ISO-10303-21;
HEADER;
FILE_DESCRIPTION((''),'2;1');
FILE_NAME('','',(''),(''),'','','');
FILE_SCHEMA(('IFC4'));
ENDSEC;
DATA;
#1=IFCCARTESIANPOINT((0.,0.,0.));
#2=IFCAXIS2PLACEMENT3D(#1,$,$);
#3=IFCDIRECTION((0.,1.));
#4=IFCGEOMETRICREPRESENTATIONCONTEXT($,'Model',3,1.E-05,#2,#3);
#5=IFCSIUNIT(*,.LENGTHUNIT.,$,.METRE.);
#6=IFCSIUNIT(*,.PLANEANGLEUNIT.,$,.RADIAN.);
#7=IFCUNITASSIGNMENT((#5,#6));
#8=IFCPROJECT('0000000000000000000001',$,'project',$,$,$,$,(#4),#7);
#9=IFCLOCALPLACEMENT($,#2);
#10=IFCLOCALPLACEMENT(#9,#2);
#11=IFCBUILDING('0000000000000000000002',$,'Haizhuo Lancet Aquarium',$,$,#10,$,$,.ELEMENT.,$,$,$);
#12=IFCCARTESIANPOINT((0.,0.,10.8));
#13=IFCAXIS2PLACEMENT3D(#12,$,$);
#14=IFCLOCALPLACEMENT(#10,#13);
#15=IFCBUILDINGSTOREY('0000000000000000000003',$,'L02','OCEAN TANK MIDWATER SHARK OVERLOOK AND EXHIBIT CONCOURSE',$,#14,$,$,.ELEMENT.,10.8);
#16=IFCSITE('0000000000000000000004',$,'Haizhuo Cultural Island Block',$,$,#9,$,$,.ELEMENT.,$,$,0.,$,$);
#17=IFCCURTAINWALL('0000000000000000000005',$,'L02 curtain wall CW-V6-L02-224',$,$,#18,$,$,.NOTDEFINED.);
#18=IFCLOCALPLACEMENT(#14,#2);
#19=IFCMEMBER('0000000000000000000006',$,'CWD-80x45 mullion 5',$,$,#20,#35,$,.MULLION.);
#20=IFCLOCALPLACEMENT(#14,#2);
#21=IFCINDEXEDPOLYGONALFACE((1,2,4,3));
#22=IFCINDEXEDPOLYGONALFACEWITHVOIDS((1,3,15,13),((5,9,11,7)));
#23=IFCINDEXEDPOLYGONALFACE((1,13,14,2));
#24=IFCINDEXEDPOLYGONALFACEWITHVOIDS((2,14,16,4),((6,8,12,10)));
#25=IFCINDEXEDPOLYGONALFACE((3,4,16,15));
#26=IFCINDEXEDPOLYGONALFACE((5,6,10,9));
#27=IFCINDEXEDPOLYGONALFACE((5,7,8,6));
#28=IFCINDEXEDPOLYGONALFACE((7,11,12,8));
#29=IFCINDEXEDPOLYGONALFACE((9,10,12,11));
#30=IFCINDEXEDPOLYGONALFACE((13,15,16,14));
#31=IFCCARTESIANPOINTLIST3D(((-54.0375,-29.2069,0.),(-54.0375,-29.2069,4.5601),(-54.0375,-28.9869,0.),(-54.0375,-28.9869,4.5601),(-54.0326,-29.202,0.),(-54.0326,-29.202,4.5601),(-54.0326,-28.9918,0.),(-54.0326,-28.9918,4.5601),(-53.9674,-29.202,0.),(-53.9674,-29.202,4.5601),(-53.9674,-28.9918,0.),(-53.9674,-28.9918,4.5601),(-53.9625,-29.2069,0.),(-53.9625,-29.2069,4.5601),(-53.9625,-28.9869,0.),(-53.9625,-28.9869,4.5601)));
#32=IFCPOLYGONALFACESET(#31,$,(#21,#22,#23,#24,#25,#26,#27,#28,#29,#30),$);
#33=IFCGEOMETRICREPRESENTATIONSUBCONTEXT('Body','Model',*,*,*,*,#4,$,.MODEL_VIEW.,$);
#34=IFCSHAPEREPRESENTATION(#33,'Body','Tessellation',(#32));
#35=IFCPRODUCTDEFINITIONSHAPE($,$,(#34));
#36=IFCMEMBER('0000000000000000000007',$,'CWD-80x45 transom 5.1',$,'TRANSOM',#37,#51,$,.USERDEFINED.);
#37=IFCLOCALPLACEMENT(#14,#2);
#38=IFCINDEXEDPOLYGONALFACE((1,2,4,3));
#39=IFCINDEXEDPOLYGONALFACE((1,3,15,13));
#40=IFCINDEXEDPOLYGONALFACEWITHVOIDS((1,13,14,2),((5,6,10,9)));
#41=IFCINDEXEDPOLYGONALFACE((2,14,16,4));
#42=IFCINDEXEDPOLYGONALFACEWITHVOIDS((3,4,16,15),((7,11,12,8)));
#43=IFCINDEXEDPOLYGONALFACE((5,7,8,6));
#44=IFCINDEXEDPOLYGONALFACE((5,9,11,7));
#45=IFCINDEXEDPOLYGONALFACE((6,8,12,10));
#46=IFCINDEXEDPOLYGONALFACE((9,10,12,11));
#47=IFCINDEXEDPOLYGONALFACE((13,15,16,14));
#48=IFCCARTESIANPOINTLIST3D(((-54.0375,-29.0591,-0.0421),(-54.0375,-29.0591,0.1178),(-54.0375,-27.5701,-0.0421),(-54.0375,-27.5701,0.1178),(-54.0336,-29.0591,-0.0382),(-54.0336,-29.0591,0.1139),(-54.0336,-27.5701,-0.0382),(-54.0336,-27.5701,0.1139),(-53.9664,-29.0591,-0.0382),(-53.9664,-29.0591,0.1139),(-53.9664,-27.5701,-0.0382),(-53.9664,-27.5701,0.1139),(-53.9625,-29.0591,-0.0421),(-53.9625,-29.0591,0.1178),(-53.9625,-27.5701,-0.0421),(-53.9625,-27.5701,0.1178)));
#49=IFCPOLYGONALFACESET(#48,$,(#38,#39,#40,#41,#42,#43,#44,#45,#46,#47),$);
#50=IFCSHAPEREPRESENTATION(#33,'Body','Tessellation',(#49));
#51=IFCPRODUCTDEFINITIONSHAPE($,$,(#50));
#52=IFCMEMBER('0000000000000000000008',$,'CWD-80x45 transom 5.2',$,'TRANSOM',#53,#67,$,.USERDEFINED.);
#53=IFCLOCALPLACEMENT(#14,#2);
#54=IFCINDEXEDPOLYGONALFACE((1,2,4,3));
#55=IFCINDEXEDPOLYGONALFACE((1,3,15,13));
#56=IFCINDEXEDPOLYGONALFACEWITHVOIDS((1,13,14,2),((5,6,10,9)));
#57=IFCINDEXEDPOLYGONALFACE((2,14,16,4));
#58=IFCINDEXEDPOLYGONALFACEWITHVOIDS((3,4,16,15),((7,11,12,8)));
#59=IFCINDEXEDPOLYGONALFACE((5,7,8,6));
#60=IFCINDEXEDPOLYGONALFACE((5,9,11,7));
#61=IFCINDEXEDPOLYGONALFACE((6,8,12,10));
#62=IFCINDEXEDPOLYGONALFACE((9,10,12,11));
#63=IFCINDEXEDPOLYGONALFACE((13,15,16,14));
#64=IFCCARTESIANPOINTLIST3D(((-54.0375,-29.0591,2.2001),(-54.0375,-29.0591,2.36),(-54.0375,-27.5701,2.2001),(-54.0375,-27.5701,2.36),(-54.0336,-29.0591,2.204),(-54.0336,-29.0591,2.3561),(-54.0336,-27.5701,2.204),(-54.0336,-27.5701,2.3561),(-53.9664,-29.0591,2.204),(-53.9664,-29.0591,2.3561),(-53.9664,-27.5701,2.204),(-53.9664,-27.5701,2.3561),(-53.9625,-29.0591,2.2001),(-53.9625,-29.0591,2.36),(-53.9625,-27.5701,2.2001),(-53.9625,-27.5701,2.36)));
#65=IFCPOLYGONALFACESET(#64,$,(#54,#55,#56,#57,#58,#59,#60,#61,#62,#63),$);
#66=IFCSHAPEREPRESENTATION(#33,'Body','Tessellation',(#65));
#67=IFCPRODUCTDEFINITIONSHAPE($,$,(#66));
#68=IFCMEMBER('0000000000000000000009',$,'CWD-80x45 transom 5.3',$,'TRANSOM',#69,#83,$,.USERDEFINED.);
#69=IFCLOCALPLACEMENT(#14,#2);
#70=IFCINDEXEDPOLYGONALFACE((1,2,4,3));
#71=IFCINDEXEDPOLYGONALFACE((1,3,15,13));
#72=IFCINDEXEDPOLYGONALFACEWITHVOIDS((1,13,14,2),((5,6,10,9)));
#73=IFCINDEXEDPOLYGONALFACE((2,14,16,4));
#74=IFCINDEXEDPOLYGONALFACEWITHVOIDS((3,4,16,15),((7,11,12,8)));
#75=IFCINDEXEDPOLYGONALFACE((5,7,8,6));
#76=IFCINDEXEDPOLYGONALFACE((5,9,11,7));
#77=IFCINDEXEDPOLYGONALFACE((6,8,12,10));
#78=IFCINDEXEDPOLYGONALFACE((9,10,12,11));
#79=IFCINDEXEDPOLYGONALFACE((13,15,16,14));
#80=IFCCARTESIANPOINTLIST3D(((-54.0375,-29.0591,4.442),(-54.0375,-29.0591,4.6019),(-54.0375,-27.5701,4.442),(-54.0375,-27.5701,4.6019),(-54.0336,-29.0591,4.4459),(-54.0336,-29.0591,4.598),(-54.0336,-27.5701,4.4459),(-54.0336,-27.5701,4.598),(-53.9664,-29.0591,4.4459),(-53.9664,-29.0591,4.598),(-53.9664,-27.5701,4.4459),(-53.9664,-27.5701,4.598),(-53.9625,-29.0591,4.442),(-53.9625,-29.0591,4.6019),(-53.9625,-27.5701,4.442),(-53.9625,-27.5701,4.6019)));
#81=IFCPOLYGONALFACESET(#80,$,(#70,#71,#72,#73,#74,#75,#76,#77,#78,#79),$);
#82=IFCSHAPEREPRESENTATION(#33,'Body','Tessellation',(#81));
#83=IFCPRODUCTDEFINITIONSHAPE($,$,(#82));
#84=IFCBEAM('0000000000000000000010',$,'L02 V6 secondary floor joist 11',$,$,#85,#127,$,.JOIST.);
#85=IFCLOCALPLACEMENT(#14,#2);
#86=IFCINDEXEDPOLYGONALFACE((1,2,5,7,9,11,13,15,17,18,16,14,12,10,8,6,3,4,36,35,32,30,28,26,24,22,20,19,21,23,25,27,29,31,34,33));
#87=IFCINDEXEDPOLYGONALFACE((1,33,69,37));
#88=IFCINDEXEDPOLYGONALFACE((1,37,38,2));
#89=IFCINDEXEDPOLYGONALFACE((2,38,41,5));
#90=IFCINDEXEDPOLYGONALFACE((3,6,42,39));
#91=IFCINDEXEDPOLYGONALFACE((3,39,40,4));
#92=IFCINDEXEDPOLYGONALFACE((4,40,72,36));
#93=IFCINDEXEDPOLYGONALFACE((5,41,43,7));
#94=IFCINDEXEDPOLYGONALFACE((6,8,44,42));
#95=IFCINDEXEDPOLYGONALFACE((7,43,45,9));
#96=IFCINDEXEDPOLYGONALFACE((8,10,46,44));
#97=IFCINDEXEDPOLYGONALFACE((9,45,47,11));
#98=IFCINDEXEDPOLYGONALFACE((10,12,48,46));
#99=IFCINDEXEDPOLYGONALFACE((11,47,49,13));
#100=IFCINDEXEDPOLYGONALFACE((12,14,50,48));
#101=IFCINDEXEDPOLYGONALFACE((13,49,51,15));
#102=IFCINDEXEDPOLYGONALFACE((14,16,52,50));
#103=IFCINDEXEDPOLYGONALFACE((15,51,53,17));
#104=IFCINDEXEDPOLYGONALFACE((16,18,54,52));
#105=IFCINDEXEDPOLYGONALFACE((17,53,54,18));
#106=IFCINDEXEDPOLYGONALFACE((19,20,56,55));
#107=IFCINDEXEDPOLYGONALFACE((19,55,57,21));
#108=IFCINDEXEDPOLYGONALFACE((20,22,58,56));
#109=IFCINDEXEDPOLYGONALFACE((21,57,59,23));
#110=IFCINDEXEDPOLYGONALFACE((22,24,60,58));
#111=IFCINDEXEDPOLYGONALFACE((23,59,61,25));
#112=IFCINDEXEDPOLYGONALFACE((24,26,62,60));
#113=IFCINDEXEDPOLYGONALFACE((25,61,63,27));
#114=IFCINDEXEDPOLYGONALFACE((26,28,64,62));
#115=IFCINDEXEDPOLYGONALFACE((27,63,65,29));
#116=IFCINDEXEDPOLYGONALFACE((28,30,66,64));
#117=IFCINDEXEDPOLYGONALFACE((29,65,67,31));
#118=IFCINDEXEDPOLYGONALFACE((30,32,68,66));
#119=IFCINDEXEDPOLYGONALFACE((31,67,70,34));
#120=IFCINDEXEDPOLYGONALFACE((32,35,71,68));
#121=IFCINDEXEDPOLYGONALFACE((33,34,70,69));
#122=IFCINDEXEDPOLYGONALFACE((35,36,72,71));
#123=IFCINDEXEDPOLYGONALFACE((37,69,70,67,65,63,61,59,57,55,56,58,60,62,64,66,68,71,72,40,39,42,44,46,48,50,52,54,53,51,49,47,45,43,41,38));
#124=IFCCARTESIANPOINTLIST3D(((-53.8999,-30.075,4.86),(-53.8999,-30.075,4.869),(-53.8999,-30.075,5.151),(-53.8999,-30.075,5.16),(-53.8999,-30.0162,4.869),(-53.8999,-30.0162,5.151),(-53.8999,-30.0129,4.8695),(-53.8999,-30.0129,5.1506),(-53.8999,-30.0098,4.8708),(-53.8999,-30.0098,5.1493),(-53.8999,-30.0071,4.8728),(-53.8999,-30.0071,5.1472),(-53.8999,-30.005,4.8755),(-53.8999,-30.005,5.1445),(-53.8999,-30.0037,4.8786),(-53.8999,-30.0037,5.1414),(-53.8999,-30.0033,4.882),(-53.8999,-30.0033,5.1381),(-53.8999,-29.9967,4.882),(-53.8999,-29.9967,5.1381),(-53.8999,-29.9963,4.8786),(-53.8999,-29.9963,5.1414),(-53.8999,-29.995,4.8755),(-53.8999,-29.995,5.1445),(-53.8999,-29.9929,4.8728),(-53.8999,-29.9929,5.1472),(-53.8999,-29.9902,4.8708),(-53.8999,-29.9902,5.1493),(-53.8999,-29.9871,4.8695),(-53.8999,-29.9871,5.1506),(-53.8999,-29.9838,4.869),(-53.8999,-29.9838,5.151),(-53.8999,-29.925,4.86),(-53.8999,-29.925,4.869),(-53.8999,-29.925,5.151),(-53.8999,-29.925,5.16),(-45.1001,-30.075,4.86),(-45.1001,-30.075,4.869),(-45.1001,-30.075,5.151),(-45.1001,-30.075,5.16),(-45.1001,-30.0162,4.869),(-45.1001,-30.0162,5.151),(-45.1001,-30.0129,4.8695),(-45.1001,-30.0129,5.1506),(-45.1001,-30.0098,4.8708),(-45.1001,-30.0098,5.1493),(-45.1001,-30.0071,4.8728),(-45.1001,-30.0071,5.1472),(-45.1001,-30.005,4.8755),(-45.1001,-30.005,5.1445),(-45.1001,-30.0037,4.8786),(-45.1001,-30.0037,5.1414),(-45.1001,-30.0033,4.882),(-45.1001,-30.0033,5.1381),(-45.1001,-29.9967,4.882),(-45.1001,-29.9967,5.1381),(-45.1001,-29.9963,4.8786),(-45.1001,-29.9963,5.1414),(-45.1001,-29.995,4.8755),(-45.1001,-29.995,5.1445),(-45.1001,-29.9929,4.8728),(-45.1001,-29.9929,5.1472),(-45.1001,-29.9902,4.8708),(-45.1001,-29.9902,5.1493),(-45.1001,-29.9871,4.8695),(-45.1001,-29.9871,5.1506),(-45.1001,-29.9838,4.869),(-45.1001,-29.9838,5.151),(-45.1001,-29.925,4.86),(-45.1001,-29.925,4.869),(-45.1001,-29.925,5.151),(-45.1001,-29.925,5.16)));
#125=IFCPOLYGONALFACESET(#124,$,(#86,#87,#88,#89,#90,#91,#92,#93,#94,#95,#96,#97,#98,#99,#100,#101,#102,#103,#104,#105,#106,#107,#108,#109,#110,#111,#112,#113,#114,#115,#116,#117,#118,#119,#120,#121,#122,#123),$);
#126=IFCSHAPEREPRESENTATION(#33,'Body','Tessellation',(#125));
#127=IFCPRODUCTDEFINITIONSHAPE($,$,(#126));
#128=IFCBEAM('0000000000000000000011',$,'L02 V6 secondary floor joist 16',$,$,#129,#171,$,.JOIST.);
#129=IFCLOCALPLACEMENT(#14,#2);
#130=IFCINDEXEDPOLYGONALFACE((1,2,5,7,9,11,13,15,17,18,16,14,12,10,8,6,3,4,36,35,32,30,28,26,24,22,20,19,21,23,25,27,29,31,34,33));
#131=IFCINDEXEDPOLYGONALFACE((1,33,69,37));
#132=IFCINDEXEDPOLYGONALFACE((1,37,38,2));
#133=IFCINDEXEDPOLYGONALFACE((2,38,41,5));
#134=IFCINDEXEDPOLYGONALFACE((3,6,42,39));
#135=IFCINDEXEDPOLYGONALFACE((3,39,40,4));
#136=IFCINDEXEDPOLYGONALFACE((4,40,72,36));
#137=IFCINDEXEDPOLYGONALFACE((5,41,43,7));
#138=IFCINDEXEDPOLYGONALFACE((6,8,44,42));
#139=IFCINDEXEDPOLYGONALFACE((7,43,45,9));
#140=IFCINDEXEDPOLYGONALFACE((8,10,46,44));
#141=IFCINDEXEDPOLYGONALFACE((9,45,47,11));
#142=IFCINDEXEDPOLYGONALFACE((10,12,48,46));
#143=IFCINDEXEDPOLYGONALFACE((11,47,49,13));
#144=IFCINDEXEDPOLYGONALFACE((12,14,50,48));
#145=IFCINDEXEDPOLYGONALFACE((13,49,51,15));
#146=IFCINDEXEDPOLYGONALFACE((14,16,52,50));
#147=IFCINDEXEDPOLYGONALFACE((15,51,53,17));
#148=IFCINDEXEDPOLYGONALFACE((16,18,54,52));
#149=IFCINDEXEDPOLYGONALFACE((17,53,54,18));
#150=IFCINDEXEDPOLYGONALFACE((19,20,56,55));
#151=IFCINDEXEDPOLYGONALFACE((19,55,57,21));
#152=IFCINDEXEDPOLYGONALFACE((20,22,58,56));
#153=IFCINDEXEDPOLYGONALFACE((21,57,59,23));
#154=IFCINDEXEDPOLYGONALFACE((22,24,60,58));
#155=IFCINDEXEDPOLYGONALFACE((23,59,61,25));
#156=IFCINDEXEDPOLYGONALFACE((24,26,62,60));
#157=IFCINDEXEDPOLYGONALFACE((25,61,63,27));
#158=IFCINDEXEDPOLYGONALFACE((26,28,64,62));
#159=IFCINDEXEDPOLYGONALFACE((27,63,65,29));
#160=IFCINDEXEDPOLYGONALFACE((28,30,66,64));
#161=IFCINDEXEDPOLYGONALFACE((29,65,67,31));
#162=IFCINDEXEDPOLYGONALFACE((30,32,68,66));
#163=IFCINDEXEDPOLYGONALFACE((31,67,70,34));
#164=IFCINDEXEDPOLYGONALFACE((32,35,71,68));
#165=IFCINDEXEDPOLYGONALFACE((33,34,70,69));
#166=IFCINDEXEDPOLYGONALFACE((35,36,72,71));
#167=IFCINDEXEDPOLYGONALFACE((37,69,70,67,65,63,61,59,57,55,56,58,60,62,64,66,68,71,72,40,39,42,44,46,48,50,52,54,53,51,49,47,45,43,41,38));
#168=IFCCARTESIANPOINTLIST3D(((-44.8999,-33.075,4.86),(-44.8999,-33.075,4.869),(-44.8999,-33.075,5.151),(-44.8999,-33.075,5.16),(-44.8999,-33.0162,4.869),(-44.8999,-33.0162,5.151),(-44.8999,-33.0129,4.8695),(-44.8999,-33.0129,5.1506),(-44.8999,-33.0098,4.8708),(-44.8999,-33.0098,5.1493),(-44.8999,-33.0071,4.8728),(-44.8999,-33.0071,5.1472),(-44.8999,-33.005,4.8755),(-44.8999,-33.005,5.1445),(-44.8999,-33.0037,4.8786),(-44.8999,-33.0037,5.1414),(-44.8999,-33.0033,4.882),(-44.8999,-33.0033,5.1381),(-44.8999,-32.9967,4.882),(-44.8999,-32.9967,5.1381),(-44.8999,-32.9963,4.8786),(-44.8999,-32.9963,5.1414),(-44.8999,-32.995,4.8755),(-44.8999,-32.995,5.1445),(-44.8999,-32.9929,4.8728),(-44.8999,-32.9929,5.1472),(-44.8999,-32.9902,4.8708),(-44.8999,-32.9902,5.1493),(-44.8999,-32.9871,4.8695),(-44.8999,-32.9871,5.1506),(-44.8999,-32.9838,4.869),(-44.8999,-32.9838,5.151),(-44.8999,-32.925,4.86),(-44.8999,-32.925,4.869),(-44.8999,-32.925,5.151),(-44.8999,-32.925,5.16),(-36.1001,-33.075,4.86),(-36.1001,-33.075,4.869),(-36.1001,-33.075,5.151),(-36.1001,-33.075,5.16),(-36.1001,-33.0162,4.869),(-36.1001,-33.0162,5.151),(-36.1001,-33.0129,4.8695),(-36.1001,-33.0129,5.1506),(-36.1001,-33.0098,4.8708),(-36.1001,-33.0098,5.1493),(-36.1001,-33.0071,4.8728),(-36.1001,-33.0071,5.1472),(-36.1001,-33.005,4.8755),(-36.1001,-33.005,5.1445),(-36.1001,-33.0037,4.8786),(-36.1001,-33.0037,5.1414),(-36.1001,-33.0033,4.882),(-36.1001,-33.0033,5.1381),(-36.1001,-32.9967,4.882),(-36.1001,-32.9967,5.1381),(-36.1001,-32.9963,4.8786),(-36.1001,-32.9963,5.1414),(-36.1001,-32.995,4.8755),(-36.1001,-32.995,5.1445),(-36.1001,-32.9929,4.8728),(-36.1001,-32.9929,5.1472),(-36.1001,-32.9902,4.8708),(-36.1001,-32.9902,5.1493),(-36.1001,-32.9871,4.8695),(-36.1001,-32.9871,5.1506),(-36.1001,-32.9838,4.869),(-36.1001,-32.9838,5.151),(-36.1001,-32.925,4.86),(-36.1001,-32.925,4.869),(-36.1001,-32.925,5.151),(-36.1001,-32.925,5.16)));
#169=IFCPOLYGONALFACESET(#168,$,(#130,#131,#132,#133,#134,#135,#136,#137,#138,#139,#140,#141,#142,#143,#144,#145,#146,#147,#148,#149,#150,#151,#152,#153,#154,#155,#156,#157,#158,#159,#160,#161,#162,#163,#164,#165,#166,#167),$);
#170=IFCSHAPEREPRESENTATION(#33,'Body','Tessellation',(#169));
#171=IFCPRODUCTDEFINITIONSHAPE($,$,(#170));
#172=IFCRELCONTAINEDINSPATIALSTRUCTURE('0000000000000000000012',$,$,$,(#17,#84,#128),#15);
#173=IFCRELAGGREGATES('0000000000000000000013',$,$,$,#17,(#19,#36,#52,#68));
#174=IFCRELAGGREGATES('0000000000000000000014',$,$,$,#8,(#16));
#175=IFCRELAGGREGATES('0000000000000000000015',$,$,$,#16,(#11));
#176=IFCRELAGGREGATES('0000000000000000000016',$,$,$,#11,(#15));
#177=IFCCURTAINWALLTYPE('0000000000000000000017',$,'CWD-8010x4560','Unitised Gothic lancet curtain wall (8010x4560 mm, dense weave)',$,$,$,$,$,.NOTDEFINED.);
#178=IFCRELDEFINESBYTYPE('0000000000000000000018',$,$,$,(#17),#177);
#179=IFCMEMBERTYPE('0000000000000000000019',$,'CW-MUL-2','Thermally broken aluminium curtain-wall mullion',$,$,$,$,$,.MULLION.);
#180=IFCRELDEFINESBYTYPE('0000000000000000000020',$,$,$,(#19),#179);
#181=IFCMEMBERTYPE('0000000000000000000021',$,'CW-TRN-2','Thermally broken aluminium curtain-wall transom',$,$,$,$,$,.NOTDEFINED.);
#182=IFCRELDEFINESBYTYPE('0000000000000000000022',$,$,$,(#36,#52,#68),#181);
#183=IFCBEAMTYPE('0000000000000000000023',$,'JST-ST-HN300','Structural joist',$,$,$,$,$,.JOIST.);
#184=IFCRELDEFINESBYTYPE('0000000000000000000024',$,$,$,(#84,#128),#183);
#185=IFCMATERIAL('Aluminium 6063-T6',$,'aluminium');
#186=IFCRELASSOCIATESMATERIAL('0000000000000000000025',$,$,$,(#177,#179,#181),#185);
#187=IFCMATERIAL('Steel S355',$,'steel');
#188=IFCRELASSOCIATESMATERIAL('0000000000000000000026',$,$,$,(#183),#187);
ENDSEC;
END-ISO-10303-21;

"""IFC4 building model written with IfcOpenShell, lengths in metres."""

from ifc_helpers import new_model, si_unit, direction, frame, origin, origin_2d, place, context, subcontext, project, spatial, hollow_rectangle, i_section, extrude, material, material_profile, profile_set, type_object, element, aggregate, save


model = new_model("IFC4")

# Units and contexts
model_context = context("Model", 3, precision=1e-05, world=origin(), true_north=direction((0.0, 1.0)))
body_context = subcontext(model_context, "Body", "Model", "MODEL_VIEW")
ifc_project = project(units=[si_unit("LENGTHUNIT", "METRE"), si_unit("PLANEANGLEUNIT", "RADIAN")], contexts=[model_context])

# Site, building, storey
site_placement = place(None, origin())
site = spatial("IfcSite", under=ifc_project, at=site_placement, Name="Haizhuo Cultural Island Block", CompositionType="ELEMENT", RefElevation=0.0)
building_placement = place(site_placement, origin())
building = spatial("IfcBuilding", under=site, at=building_placement, Name="Haizhuo Lancet Aquarium", CompositionType="ELEMENT")
storey_placement = place(building_placement, frame((0.0, 0.0, 10.8)))
storey = spatial("IfcBuildingStorey", under=building, at=storey_placement, Name="L02", Description="OCEAN TANK MIDWATER SHARK OVERLOOK AND EXHIBIT CONCOURSE", CompositionType="ELEMENT", Elevation=10.8)

# Curtain wall, members
ifc_material_1 = material(Name="Aluminium 6063-T6", Category="aluminium")
curtain_wall_type = type_object("IfcCurtainWallType", Name="CWD-8010x4560", Description="Unitised Gothic lancet curtain wall (8010x4560 mm, dense weave)", PredefinedType="NOTDEFINED", material=ifc_material_1)
curtain_wall_placement = place(storey_placement, origin())
curtain_wall = element("IfcCurtainWall", 1, at=curtain_wall_placement, inside=storey, type_object=curtain_wall_type, Name="L02 curtain wall CW-V6-L02-224", PredefinedType="NOTDEFINED")
ifc_material_profile_1 = material_profile(ifc_material_1, hollow_rectangle(XDim=0.075, YDim=0.22, WallThickness=0.0049, at=origin_2d()), Name="ALU-M 75x220x5")
ifc_profile_set_1 = profile_set([ifc_material_profile_1], Name="Aluminium 6063-T6")
member_type_1 = type_object("IfcMemberType", Name="CW-MUL-2", Description="Thermally broken aluminium curtain-wall mullion", PredefinedType="MULLION", material=ifc_profile_set_1)
member_1_placement = place(storey_placement, frame((-54.0, -29.0969, 0.0), z_axis=(0.0, 0.0, 1.0), x_axis=(-1.0, 0.0, 0.0)))
member_1 = element("IfcMember", 2, at=member_1_placement, type_object=member_type_1, Name="CWD-80x45 mullion 5", PredefinedType="MULLION", context=body_context, shape_type="SweptSolid", body=[
    extrude(hollow_rectangle(XDim=0.075, YDim=0.22, WallThickness=0.0049, at=origin_2d()), origin(), (0.0, 0.0, 1.0), 4.5601),
])
ifc_material_profile_2 = material_profile(ifc_material_1, hollow_rectangle(XDim=0.075, YDim=0.1599, WallThickness=0.0039, at=origin_2d()), Name="ALU-T 75x160x4")
ifc_profile_set_2 = profile_set([ifc_material_profile_2], Name="Aluminium 6063-T6")
member_type_2 = type_object("IfcMemberType", Name="CW-TRN-2", Description="Thermally broken aluminium curtain-wall transom", PredefinedType="NOTDEFINED", material=ifc_profile_set_2)
member_2_placement = place(storey_placement, frame((-54.0, -29.0591, 0.0378), z_axis=(0.0, 1.0, 0.0), x_axis=(-1.0, 0.0, 0.0)))
member_2 = element("IfcMember", 3, at=member_2_placement, type_object=member_type_2, Name="CWD-80x45 transom 5.1", ObjectType="TRANSOM", PredefinedType="USERDEFINED", context=body_context, shape_type="SweptSolid", body=[
    extrude(hollow_rectangle(XDim=0.075, YDim=0.1599, WallThickness=0.0039, at=origin_2d()), origin(), (0.0, 0.0, 1.0), 1.489),
])
member_3_placement = place(storey_placement, frame((-54.0, -29.0591, 2.28), z_axis=(0.0, 1.0, 0.0), x_axis=(-1.0, 0.0, 0.0)))
member_3 = element("IfcMember", 4, at=member_3_placement, type_object=member_type_2, Name="CWD-80x45 transom 5.2", ObjectType="TRANSOM", PredefinedType="USERDEFINED", context=body_context, shape_type="SweptSolid", body=[
    extrude(hollow_rectangle(XDim=0.075, YDim=0.1599, WallThickness=0.0039, at=origin_2d()), origin(), (0.0, 0.0, 1.0), 1.489),
])
member_4_placement = place(storey_placement, frame((-54.0, -29.0591, 4.522), z_axis=(0.0, 1.0, 0.0), x_axis=(-1.0, 0.0, 0.0)))
member_4 = element("IfcMember", 5, at=member_4_placement, type_object=member_type_2, Name="CWD-80x45 transom 5.3", ObjectType="TRANSOM", PredefinedType="USERDEFINED", context=body_context, shape_type="SweptSolid", body=[
    extrude(hollow_rectangle(XDim=0.075, YDim=0.1599, WallThickness=0.0039, at=origin_2d()), origin(), (0.0, 0.0, 1.0), 1.489),
])

# Beams
ifc_material_2 = material(Name="Steel S355", Category="steel")
ifc_material_profile_3 = material_profile(ifc_material_2, i_section(OverallWidth=0.1499, OverallDepth=0.3, WebThickness=0.0066, FlangeThickness=0.009, FilletRadius=0.0129, at=origin_2d()), Name="HN 300x150x6.5x9")
ifc_profile_set_3 = profile_set([ifc_material_profile_3], Name="Steel S355")
beam_type_1 = type_object("IfcBeamType", Name="JST-ST-HN300", Description="Structural joist", PredefinedType="JOIST", material=ifc_profile_set_3)
for number, where, z_axis, x_axis, name in (
    (6, (-53.8999, -30.0, 5.01), (1.0, 0.0, 0.0), (0.0, 1.0, 0.0), "L02 V6 secondary floor joist 11"),
    (7, (-44.8999, -33.0, 5.01), (1.0, 0.0, 0.0), (0.0, 1.0, 0.0), "L02 V6 secondary floor joist 16"),
):
    element("IfcBeam", number, at=place(storey_placement, frame(where, z_axis=z_axis, x_axis=x_axis)), inside=storey, type_object=beam_type_1, Name=name, PredefinedType="JOIST", context=body_context, shape_type="SweptSolid", body=[
        extrude(i_section(OverallWidth=0.1499, OverallDepth=0.3, WebThickness=0.0066, FlangeThickness=0.009, FilletRadius=0.0129, at=origin_2d()), origin(), (0.0, 0.0, 1.0), 8.7998),
    ])

aggregate(curtain_wall, [member_1, member_2, member_3, member_4])

save(model, "model.ifc")
